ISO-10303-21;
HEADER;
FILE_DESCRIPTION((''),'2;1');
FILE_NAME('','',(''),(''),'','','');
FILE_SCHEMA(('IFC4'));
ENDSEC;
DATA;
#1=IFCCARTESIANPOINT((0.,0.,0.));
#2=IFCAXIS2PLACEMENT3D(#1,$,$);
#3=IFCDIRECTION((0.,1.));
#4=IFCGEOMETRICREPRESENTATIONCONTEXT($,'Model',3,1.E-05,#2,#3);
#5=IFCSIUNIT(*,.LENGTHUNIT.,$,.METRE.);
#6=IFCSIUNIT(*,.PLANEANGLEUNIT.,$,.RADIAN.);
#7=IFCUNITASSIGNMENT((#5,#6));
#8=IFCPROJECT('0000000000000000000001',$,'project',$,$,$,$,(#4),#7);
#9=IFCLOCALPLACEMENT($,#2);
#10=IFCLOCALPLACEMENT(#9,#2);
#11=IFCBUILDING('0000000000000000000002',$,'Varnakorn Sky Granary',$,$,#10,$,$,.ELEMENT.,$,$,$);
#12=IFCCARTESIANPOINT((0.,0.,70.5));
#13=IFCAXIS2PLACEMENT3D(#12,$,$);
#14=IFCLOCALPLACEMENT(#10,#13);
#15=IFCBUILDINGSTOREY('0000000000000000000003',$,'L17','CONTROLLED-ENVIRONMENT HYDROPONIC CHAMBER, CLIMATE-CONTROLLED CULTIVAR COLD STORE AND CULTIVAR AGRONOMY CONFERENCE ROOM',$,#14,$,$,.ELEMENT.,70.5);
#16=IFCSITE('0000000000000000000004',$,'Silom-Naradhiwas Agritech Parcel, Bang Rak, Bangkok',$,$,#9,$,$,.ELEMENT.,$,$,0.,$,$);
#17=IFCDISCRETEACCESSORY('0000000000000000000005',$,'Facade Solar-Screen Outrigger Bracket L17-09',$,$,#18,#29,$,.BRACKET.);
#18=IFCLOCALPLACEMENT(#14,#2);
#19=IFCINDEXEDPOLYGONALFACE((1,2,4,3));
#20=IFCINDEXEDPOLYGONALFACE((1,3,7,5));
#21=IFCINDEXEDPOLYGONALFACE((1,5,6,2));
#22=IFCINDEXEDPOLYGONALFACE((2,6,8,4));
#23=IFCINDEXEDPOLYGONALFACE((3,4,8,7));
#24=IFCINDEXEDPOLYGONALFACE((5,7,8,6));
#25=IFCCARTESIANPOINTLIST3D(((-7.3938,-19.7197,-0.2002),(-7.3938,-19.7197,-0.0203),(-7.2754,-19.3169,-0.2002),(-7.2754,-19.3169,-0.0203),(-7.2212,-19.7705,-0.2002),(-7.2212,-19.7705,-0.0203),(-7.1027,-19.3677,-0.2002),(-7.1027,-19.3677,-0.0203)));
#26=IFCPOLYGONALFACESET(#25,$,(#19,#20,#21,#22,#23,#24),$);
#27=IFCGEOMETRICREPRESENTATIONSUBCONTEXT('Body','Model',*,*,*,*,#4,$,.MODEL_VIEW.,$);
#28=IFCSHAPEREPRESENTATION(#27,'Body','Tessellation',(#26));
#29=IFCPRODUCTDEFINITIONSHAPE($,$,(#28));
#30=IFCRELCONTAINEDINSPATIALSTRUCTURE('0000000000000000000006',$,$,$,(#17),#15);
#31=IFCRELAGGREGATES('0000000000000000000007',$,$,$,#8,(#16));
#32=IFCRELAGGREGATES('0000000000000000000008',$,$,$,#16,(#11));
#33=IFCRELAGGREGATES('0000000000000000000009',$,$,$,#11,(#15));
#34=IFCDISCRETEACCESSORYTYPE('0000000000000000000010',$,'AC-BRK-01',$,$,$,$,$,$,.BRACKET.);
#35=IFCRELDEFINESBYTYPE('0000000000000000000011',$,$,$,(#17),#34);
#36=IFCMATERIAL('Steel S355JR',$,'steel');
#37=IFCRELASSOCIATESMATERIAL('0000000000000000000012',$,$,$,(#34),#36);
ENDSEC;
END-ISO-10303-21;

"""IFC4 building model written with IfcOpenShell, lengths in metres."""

from ifc_helpers import new_model, si_unit, direction, frame, origin, origin_2d, place, context, subcontext, project, spatial, rectangle, extrude, source, transform, mapped, material, type_object, type_shapes, element, save


model = new_model("IFC4")

# Units and contexts
model_context = context("Model", 3, precision=1e-05, world=origin(), true_north=direction((0.0, 1.0)))
body_context = subcontext(model_context, "Body", "Model", "MODEL_VIEW")
ifc_project = project(units=[si_unit("LENGTHUNIT", "METRE"), si_unit("PLANEANGLEUNIT", "RADIAN")], contexts=[model_context])

# Site, building, storey
site_placement = place(None, origin())
site = spatial("IfcSite", under=ifc_project, at=site_placement, Name="Silom-Naradhiwas Agritech Parcel, Bang Rak, Bangkok", CompositionType="ELEMENT", RefElevation=0.0)
building_placement = place(site_placement, origin())
building = spatial("IfcBuilding", under=site, at=building_placement, Name="Varnakorn Sky Granary", CompositionType="ELEMENT")
storey_placement = place(building_placement, frame((0.0, 0.0, 70.5)))
storey = spatial("IfcBuildingStorey", under=building, at=storey_placement, Name="L17", Description="CONTROLLED-ENVIRONMENT HYDROPONIC CHAMBER, CLIMATE-CONTROLLED CULTIVAR COLD STORE AND CULTIVAR AGRONOMY CONFERENCE ROOM", CompositionType="ELEMENT", Elevation=70.5)

# Shared definitions
ifc_material_1 = material(Name="Steel S355JR", Category="steel")

# Discrete accessory
discrete_accessory_type = type_object("IfcDiscreteAccessoryType", Name="AC-BRK-01", PredefinedType="BRACKET", material=ifc_material_1)
shared_shape_1 = source(origin(), body_context, "Body", "SweptSolid", [
    extrude(rectangle(XDim=0.1799, YDim=0.4199, at=origin_2d()), origin(), (0.0, 0.0, 1.0), 0.1799),
])
type_shapes(discrete_accessory_type, [shared_shape_1])
discrete_accessory_placement = place(storey_placement, frame((-7.2483, -19.5437, -0.2002), z_axis=(0.0, 0.0, 1.0), x_axis=(0.959363, -0.282176, 0.0)))
element("IfcDiscreteAccessory", 1, at=discrete_accessory_placement, inside=storey, type_object=discrete_accessory_type, Name="Facade Solar-Screen Outrigger Bracket L17-09", PredefinedType="BRACKET", context=body_context, shape_type="MappedRepresentation", body=[
    mapped(shared_shape_1, transform((0.0, 0.0, 0.0), x_axis=(1.0, 0.0, 0.0), y_axis=(0.0, 1.0, 0.0), z_axis=(0.0, 0.0, 1.0), scale=1.0)),
])

save(model, "model.ifc")
